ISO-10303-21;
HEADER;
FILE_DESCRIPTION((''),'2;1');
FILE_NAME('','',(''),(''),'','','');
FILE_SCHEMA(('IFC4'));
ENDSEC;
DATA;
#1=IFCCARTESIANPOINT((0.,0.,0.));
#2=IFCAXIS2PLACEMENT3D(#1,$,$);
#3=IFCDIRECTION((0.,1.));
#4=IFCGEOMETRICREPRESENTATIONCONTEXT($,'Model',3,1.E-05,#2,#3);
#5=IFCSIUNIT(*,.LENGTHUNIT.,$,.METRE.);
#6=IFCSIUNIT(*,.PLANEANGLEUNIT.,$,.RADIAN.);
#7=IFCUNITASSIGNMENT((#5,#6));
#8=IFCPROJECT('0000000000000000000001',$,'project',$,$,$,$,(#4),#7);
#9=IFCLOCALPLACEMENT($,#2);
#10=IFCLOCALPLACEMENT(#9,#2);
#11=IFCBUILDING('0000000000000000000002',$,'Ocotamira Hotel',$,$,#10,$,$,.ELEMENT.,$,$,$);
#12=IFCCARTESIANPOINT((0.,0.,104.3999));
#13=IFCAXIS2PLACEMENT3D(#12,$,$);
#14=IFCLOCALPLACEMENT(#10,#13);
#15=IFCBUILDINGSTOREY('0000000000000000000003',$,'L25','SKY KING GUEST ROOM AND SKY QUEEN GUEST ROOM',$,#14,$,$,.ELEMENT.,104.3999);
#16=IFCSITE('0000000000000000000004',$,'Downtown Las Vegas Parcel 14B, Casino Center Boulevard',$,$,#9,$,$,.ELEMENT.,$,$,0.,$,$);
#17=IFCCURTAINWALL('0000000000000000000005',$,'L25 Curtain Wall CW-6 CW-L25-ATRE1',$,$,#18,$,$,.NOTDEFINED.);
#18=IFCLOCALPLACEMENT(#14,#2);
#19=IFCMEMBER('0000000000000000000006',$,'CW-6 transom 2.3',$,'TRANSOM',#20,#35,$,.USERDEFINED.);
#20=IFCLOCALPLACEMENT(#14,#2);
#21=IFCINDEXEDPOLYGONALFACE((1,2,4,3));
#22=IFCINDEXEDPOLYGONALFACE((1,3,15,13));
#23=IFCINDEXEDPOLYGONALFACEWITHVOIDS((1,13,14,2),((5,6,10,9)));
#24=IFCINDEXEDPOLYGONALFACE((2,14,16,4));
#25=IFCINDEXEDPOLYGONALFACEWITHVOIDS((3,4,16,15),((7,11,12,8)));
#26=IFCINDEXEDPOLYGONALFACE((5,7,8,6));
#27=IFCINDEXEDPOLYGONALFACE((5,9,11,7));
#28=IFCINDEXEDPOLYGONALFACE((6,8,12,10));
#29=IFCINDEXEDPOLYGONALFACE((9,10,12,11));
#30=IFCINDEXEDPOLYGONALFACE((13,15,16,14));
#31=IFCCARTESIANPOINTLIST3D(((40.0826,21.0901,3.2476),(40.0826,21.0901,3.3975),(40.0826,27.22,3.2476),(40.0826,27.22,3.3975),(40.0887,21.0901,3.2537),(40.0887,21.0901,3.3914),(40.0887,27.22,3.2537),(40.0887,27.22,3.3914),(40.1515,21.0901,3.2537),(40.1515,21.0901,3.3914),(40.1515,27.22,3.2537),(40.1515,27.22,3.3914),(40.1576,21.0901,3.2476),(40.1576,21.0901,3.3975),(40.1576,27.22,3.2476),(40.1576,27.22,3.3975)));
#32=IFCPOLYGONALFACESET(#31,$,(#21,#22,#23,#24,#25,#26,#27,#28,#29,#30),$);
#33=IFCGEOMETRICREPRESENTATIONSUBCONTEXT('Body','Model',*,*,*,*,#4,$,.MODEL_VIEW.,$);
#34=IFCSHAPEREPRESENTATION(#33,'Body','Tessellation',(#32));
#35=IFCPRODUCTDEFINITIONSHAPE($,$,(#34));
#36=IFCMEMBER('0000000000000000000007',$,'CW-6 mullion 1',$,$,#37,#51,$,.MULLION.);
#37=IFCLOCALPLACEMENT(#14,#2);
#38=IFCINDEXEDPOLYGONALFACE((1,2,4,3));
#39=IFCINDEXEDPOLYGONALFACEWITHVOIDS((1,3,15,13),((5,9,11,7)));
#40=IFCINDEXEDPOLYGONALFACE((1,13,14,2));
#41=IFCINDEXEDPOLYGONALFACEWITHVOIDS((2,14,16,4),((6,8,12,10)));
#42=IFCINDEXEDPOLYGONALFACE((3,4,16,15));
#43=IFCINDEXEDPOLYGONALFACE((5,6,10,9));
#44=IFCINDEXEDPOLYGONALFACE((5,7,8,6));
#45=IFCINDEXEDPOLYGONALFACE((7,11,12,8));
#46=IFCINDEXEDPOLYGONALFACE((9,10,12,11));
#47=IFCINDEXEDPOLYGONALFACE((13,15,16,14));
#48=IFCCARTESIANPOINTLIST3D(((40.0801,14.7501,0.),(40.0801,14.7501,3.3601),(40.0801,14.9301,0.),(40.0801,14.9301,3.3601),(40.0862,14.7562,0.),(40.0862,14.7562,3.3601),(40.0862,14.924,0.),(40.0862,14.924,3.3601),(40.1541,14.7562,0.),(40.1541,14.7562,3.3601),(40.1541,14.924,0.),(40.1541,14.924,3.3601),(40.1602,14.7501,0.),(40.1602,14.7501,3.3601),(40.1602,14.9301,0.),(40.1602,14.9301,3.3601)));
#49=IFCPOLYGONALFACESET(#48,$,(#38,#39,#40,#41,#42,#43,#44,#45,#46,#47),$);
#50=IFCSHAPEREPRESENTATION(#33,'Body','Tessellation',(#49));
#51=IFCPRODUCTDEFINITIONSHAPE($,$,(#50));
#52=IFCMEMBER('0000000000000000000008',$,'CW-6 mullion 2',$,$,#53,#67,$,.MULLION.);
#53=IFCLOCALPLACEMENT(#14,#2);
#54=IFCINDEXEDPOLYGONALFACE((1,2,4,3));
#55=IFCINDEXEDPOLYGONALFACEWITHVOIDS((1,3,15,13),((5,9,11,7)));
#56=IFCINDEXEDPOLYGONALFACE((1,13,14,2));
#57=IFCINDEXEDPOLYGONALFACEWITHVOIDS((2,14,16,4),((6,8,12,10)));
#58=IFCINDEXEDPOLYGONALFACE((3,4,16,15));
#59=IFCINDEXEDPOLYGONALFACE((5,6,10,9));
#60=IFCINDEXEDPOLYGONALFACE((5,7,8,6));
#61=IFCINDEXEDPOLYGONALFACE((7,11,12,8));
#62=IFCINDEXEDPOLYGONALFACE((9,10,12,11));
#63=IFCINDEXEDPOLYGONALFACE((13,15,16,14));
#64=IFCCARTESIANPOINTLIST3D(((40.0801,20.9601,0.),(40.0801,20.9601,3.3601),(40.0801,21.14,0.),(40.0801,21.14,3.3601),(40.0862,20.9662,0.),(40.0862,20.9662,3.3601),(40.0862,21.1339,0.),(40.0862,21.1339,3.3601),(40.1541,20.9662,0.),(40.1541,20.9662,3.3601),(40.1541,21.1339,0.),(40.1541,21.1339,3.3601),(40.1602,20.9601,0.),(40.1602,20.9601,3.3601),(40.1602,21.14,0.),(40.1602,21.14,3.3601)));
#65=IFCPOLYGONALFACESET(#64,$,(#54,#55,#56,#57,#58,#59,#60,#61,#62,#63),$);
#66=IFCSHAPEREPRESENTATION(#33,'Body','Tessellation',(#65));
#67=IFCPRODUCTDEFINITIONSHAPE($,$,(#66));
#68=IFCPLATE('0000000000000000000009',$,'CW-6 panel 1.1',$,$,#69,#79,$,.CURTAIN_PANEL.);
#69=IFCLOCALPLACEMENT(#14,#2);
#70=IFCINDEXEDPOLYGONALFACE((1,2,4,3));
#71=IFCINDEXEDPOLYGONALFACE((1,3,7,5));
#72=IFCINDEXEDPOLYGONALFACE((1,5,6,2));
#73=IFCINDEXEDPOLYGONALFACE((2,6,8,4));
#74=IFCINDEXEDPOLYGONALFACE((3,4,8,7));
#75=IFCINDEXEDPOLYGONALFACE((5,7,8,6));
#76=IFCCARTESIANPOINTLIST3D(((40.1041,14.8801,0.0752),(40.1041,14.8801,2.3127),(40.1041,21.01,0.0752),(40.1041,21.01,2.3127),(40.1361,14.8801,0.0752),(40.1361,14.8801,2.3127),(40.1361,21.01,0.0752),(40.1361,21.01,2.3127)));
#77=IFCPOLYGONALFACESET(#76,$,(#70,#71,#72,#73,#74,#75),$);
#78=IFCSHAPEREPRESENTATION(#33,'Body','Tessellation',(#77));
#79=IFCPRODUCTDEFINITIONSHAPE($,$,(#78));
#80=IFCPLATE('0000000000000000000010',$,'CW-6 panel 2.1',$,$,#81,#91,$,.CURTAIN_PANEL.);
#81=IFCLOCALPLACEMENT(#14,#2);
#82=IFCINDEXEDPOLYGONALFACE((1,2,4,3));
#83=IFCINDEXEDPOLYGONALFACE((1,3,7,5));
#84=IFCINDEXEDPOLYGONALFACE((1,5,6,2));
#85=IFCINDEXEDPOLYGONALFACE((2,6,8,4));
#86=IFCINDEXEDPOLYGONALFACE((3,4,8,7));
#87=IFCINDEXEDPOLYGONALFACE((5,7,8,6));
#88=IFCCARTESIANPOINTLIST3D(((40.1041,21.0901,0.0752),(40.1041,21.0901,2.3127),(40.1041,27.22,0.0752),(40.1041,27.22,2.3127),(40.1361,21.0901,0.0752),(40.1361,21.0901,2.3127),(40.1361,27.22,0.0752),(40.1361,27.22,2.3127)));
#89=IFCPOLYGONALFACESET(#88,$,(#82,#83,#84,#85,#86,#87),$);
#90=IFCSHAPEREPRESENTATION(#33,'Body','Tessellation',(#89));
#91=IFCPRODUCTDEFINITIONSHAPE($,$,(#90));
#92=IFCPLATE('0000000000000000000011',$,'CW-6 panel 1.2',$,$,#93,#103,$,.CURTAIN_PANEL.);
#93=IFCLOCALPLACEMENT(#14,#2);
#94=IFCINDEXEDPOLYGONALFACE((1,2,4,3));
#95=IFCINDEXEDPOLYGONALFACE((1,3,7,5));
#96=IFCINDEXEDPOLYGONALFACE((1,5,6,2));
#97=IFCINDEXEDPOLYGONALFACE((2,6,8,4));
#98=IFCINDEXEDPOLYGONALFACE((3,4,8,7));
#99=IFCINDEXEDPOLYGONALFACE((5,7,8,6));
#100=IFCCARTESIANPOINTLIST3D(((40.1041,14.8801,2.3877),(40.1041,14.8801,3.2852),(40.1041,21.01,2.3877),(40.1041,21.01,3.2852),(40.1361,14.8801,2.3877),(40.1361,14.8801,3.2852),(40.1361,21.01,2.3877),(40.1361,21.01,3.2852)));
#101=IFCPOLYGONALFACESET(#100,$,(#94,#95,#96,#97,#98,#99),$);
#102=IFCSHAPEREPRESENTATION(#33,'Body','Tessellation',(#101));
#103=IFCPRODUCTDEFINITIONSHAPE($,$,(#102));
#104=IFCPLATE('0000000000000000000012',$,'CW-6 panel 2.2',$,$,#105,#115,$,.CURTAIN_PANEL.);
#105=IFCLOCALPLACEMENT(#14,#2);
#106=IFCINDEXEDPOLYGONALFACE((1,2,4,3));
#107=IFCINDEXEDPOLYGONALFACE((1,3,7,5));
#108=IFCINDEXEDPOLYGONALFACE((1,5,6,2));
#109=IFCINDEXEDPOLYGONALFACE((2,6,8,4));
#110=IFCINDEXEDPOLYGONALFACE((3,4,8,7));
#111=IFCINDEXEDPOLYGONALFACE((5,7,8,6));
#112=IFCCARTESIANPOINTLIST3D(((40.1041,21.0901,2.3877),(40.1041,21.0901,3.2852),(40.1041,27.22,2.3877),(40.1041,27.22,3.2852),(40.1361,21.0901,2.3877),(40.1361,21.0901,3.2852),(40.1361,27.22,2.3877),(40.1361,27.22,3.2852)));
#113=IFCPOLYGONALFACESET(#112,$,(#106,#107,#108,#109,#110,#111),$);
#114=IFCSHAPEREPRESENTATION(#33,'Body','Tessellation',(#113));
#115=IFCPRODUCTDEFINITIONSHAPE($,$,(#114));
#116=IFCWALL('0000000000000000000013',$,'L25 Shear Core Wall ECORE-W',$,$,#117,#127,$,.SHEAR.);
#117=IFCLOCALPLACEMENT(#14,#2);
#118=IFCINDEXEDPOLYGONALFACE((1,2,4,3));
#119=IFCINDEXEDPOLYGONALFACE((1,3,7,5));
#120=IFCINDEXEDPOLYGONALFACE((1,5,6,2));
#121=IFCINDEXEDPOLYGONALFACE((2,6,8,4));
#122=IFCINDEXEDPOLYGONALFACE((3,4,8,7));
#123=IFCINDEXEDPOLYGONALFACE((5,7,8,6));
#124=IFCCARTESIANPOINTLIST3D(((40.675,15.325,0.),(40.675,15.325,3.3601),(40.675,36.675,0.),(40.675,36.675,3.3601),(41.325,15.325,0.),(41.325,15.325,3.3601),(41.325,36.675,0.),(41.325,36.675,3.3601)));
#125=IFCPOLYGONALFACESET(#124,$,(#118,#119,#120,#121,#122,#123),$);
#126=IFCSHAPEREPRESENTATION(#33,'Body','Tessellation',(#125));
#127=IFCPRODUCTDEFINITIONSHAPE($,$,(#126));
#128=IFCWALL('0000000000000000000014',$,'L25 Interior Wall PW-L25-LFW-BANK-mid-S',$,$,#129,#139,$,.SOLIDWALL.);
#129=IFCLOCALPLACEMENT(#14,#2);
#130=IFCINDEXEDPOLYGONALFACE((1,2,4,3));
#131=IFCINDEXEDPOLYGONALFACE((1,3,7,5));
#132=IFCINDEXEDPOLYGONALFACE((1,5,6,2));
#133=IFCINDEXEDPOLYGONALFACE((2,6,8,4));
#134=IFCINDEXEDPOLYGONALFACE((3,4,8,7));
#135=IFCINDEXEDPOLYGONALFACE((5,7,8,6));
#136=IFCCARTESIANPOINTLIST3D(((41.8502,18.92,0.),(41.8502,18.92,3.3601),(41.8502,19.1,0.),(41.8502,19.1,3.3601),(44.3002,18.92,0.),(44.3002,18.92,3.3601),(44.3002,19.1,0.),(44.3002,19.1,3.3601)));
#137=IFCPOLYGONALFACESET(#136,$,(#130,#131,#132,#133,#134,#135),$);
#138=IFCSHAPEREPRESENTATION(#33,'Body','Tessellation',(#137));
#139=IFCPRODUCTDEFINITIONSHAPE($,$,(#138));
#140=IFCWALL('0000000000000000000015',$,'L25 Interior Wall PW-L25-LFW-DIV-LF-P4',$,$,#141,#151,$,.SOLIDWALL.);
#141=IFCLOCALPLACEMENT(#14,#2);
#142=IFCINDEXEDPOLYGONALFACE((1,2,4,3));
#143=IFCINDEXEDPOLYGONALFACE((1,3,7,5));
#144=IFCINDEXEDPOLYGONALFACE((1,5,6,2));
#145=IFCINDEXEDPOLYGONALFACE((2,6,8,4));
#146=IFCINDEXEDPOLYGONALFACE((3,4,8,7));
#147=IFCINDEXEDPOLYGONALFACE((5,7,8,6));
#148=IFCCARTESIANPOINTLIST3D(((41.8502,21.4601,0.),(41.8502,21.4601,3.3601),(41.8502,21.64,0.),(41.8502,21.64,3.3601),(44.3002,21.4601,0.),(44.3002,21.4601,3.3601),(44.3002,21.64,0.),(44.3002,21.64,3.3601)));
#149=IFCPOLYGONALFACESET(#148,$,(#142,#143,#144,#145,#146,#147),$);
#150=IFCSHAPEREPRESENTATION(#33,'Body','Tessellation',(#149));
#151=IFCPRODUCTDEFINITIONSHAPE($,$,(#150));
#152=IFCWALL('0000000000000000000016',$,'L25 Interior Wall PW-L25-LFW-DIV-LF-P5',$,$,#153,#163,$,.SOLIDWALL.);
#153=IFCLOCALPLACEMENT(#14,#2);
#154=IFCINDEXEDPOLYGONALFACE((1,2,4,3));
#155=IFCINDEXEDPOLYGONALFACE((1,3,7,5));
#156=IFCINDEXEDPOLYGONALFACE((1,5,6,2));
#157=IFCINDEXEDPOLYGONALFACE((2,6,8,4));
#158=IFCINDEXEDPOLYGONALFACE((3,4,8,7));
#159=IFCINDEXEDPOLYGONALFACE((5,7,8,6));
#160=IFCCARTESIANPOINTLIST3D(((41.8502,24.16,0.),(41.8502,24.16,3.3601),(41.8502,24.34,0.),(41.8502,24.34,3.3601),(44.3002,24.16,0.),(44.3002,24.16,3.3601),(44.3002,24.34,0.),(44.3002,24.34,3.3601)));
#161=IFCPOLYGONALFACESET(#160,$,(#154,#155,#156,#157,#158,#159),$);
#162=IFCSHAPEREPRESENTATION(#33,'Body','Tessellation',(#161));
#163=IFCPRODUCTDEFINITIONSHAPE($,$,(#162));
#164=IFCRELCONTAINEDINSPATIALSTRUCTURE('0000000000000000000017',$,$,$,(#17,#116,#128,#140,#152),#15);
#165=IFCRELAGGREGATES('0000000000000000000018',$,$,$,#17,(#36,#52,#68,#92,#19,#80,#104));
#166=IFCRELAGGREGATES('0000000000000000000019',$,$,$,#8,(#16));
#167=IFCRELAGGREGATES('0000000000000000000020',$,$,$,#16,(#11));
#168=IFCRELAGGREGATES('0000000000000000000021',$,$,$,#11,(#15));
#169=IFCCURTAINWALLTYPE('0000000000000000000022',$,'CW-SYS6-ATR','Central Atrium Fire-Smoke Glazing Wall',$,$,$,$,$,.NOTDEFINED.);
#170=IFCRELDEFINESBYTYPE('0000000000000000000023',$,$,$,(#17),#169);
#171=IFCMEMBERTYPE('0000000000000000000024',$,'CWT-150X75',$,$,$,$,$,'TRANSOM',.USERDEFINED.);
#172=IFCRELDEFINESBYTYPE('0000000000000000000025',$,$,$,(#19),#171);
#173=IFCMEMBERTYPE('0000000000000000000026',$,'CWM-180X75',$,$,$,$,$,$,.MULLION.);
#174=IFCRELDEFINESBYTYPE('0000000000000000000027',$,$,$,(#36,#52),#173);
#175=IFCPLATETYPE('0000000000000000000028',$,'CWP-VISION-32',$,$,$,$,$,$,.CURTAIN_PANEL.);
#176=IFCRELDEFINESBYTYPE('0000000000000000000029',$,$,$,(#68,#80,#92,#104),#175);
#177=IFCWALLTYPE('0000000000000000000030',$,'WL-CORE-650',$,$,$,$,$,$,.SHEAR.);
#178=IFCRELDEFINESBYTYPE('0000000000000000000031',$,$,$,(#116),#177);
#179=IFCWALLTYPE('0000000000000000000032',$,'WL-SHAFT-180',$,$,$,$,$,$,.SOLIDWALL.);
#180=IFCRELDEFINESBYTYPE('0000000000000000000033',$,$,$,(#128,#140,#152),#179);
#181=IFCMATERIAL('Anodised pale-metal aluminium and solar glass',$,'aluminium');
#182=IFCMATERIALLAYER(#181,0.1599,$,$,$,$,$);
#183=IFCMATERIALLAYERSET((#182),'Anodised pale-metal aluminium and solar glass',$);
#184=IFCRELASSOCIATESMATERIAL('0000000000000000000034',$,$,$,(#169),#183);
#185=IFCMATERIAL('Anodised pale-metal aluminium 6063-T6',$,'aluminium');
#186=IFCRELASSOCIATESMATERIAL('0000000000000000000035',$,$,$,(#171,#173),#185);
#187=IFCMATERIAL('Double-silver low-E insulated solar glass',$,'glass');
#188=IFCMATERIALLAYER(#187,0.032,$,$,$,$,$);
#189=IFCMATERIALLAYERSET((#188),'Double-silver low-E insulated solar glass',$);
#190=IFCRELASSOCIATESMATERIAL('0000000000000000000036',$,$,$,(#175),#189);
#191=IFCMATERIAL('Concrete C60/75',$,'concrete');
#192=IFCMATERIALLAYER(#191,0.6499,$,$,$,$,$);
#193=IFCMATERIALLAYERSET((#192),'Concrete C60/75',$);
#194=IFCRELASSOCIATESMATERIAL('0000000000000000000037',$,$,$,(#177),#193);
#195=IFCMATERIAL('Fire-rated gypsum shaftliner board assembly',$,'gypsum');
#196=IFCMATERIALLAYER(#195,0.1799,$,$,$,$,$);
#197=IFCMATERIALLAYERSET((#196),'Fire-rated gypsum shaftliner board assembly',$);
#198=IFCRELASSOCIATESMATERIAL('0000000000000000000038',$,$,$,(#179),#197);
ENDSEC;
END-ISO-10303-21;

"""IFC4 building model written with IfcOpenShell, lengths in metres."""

from ifc_helpers import new_model, si_unit, direction, frame, frame_2d, origin, origin_2d, place, context, subcontext, project, spatial, rectangle, hollow_rectangle, extrude, source, transform, mapped, material, layer, layer_set, material_profile, profile_set, type_object, element, aggregate, save


model = new_model("IFC4")

# Units and contexts
model_context = context("Model", 3, precision=1e-05, world=origin(), true_north=direction((0.0, 1.0)))
body_context = subcontext(model_context, "Body", "Model", "MODEL_VIEW")
ifc_project = project(units=[si_unit("LENGTHUNIT", "METRE"), si_unit("PLANEANGLEUNIT", "RADIAN")], contexts=[model_context])

# Site, building, storey
site_placement = place(None, origin())
site = spatial("IfcSite", under=ifc_project, at=site_placement, Name="Downtown Las Vegas Parcel 14B, Casino Center Boulevard", CompositionType="ELEMENT", RefElevation=0.0)
building_placement = place(site_placement, origin())
building = spatial("IfcBuilding", under=site, at=building_placement, Name="Ocotamira Hotel", CompositionType="ELEMENT")
storey_placement = place(building_placement, frame((0.0, 0.0, 104.3999)))
storey = spatial("IfcBuildingStorey", under=building, at=storey_placement, Name="L25", Description="SKY KING GUEST ROOM AND SKY QUEEN GUEST ROOM", CompositionType="ELEMENT", Elevation=104.3999)

# Curtain wall, members, plates
ifc_material_1 = material(Name="Anodised pale-metal aluminium and solar glass", Category="aluminium")
ifc_layer_1 = layer(ifc_material_1, 0.1599)
ifc_layer_set_1 = layer_set([ifc_layer_1], Name="Anodised pale-metal aluminium and solar glass")
curtain_wall_type = type_object("IfcCurtainWallType", Name="CW-SYS6-ATR", Description="Central Atrium Fire-Smoke Glazing Wall", PredefinedType="NOTDEFINED", material=ifc_layer_set_1)
curtain_wall_placement = place(storey_placement, origin())
curtain_wall = element("IfcCurtainWall", 1, at=curtain_wall_placement, inside=storey, type_object=curtain_wall_type, Name="L25 Curtain Wall CW-6 CW-L25-ATRE1", PredefinedType="NOTDEFINED")
ifc_material_2 = material(Name="Anodised pale-metal aluminium 6063-T6", Category="aluminium")
ifc_material_profile_1 = material_profile(ifc_material_2, hollow_rectangle(XDim=0.075, YDim=0.1499, WallThickness=0.0061, at=origin_2d()), Name="HSS150X75X6")
ifc_profile_set_1 = profile_set([ifc_material_profile_1], Name="Anodised pale-metal aluminium 6063-T6")
member_type_1 = type_object("IfcMemberType", Name="CWT-150X75", ElementType="TRANSOM", PredefinedType="USERDEFINED", material=ifc_profile_set_1)
shared_shape_1 = source(origin(), body_context, "Body", "SweptSolid", [
    extrude(hollow_rectangle(XDim=0.075, YDim=0.1499, WallThickness=0.0061, at=origin_2d()), origin(), (0.0, 0.0, 1.0), 6.1299),
])
member_1_placement = place(storey_placement, frame((40.1201, 21.0901, 3.3225), z_axis=(0.0, 1.0, 0.0), x_axis=(-1.0, 0.0, 0.0)))
member_1 = element("IfcMember", 2, at=member_1_placement, type_object=member_type_1, Name="CW-6 transom 2.3", ObjectType="TRANSOM", PredefinedType="USERDEFINED", context=body_context, shape_type="MappedRepresentation", body=[
    mapped(shared_shape_1, transform((0.0, 0.0, 0.0), scale=1.0)),
])
ifc_material_profile_2 = material_profile(ifc_material_2, hollow_rectangle(XDim=0.0801, YDim=0.1799, WallThickness=0.0061, at=origin_2d()), Name="HSS180X80X6")
ifc_profile_set_2 = profile_set([ifc_material_profile_2], Name="Anodised pale-metal aluminium 6063-T6")
member_type_2 = type_object("IfcMemberType", Name="CWM-180X75", PredefinedType="MULLION", material=ifc_profile_set_2)
shared_shape_2 = source(origin(), body_context, "Body", "SweptSolid", [
    extrude(hollow_rectangle(XDim=0.0801, YDim=0.1799, WallThickness=0.0061, at=origin_2d()), origin(), (0.0, 0.0, 1.0), 3.3601),
])
member_2_placement = place(storey_placement, frame((40.1201, 14.8401, 0.0), z_axis=(0.0, 0.0, 1.0), x_axis=(-1.0, 0.0, 0.0)))
member_2 = element("IfcMember", 3, at=member_2_placement, type_object=member_type_2, Name="CW-6 mullion 1", PredefinedType="MULLION", context=body_context, shape_type="MappedRepresentation", body=[
    mapped(shared_shape_2, transform((0.0, 0.0, 0.0), scale=1.0)),
])
member_3_placement = place(storey_placement, frame((40.1201, 21.05, 0.0), z_axis=(0.0, 0.0, 1.0), x_axis=(-1.0, 0.0, 0.0)))
member_3 = element("IfcMember", 4, at=member_3_placement, type_object=member_type_2, Name="CW-6 mullion 2", PredefinedType="MULLION", context=body_context, shape_type="MappedRepresentation", body=[
    mapped(shared_shape_2, transform((0.0, 0.0, 0.0), scale=1.0)),
])
ifc_material_3 = material(Name="Double-silver low-E insulated solar glass", Category="glass")
ifc_layer_2 = layer(ifc_material_3, 0.032)
ifc_layer_set_2 = layer_set([ifc_layer_2], Name="Double-silver low-E insulated solar glass")
plate_type = type_object("IfcPlateType", Name="CWP-VISION-32", PredefinedType="CURTAIN_PANEL", material=ifc_layer_set_2)
shared_shape_3 = source(origin(), body_context, "Body", "SweptSolid", [
    extrude(rectangle(XDim=6.1299, YDim=0.032, at=origin_2d()), origin(), (0.0, 0.0, 1.0), 2.2375),
])
plate_1_placement = place(storey_placement, frame((40.1201, 17.9451, 0.0752), z_axis=(0.0, 0.0, 1.0), x_axis=(0.0, 1.0, 0.0)))
plate_1 = element("IfcPlate", 5, at=plate_1_placement, type_object=plate_type, Name="CW-6 panel 1.1", PredefinedType="CURTAIN_PANEL", context=body_context, shape_type="MappedRepresentation", body=[
    mapped(shared_shape_3, transform((0.0, 0.0, 0.0), scale=1.0)),
])
plate_2_placement = place(storey_placement, frame((40.1201, 24.155, 0.0752), z_axis=(0.0, 0.0, 1.0), x_axis=(0.0, 1.0, 0.0)))
plate_2 = element("IfcPlate", 6, at=plate_2_placement, type_object=plate_type, Name="CW-6 panel 2.1", PredefinedType="CURTAIN_PANEL", context=body_context, shape_type="MappedRepresentation", body=[
    mapped(shared_shape_3, transform((0.0, 0.0, 0.0), scale=1.0)),
])
shared_shape_4 = source(origin(), body_context, "Body", "SweptSolid", [
    extrude(rectangle(XDim=6.1299, YDim=0.032, at=origin_2d()), origin(), (0.0, 0.0, 1.0), 0.8975),
])
plate_3_placement = place(storey_placement, frame((40.1201, 17.9451, 2.3877), z_axis=(0.0, 0.0, 1.0), x_axis=(0.0, 1.0, 0.0)))
plate_3 = element("IfcPlate", 7, at=plate_3_placement, type_object=plate_type, Name="CW-6 panel 1.2", PredefinedType="CURTAIN_PANEL", context=body_context, shape_type="MappedRepresentation", body=[
    mapped(shared_shape_4, transform((0.0, 0.0, 0.0), scale=1.0)),
])
plate_4_placement = place(storey_placement, frame((40.1201, 24.155, 2.3877), z_axis=(0.0, 0.0, 1.0), x_axis=(0.0, 1.0, 0.0)))
plate_4 = element("IfcPlate", 8, at=plate_4_placement, type_object=plate_type, Name="CW-6 panel 2.2", PredefinedType="CURTAIN_PANEL", context=body_context, shape_type="MappedRepresentation", body=[
    mapped(shared_shape_4, transform((0.0, 0.0, 0.0), scale=1.0)),
])
aggregate(curtain_wall, [member_2, member_3, plate_1, plate_3, member_1, plate_2, plate_4])

# Shared definitions
ifc_material_4 = material(Name="Concrete C60/75", Category="concrete")
ifc_layer_3 = layer(ifc_material_4, 0.6499)
ifc_layer_set_3 = layer_set([ifc_layer_3], Name="Concrete C60/75")
wall_type_1 = type_object("IfcWallType", Name="WL-CORE-650", PredefinedType="SHEAR", material=ifc_layer_set_3)

# Walls
wall_1_placement = place(storey_placement, frame((41.0, 15.325, 0.0), z_axis=(0.0, 0.0, 1.0), x_axis=(0.0, 1.0, 0.0)))
element("IfcWall", 9, at=wall_1_placement, inside=storey, type_object=wall_type_1, Name="L25 Shear Core Wall ECORE-W", PredefinedType="SHEAR", context=body_context, shape_type="SweptSolid", body=[
    extrude(rectangle(XDim=21.3501, YDim=0.6499, at=frame_2d((10.675, 0.0))), origin(), (0.0, 0.0, 1.0), 3.3601),
])
ifc_material_5 = material(Name="Fire-rated gypsum shaftliner board assembly", Category="gypsum")
ifc_layer_4 = layer(ifc_material_5, 0.1799)
ifc_layer_set_4 = layer_set([ifc_layer_4], Name="Fire-rated gypsum shaftliner board assembly")
wall_type_2 = type_object("IfcWallType", Name="WL-SHAFT-180", PredefinedType="SOLIDWALL", material=ifc_layer_set_4)
for number, where, z_axis, x_axis, name in (
    (10, (41.8501, 19.01, 0.0), (0.0, 0.0, 1.0), (1.0, 0.0, 0.0), "L25 Interior Wall PW-L25-LFW-BANK-mid-S"),
    (11, (41.8501, 21.55, 0.0), (0.0, 0.0, 1.0), (1.0, 0.0, 0.0), "L25 Interior Wall PW-L25-LFW-DIV-LF-P4"),
    (12, (41.8501, 24.25, 0.0), (0.0, 0.0, 1.0), (1.0, 0.0, 0.0), "L25 Interior Wall PW-L25-LFW-DIV-LF-P5"),
):
    element("IfcWall", number, at=place(storey_placement, frame(where, z_axis=z_axis, x_axis=x_axis)), inside=storey, type_object=wall_type_2, Name=name, PredefinedType="SOLIDWALL", context=body_context, shape_type="SweptSolid", body=[
        extrude(rectangle(XDim=2.45, YDim=0.1799, at=frame_2d((1.2251, 0.0))), origin(), (0.0, 0.0, 1.0), 3.3601),
    ])

save(model, "model.ifc")
